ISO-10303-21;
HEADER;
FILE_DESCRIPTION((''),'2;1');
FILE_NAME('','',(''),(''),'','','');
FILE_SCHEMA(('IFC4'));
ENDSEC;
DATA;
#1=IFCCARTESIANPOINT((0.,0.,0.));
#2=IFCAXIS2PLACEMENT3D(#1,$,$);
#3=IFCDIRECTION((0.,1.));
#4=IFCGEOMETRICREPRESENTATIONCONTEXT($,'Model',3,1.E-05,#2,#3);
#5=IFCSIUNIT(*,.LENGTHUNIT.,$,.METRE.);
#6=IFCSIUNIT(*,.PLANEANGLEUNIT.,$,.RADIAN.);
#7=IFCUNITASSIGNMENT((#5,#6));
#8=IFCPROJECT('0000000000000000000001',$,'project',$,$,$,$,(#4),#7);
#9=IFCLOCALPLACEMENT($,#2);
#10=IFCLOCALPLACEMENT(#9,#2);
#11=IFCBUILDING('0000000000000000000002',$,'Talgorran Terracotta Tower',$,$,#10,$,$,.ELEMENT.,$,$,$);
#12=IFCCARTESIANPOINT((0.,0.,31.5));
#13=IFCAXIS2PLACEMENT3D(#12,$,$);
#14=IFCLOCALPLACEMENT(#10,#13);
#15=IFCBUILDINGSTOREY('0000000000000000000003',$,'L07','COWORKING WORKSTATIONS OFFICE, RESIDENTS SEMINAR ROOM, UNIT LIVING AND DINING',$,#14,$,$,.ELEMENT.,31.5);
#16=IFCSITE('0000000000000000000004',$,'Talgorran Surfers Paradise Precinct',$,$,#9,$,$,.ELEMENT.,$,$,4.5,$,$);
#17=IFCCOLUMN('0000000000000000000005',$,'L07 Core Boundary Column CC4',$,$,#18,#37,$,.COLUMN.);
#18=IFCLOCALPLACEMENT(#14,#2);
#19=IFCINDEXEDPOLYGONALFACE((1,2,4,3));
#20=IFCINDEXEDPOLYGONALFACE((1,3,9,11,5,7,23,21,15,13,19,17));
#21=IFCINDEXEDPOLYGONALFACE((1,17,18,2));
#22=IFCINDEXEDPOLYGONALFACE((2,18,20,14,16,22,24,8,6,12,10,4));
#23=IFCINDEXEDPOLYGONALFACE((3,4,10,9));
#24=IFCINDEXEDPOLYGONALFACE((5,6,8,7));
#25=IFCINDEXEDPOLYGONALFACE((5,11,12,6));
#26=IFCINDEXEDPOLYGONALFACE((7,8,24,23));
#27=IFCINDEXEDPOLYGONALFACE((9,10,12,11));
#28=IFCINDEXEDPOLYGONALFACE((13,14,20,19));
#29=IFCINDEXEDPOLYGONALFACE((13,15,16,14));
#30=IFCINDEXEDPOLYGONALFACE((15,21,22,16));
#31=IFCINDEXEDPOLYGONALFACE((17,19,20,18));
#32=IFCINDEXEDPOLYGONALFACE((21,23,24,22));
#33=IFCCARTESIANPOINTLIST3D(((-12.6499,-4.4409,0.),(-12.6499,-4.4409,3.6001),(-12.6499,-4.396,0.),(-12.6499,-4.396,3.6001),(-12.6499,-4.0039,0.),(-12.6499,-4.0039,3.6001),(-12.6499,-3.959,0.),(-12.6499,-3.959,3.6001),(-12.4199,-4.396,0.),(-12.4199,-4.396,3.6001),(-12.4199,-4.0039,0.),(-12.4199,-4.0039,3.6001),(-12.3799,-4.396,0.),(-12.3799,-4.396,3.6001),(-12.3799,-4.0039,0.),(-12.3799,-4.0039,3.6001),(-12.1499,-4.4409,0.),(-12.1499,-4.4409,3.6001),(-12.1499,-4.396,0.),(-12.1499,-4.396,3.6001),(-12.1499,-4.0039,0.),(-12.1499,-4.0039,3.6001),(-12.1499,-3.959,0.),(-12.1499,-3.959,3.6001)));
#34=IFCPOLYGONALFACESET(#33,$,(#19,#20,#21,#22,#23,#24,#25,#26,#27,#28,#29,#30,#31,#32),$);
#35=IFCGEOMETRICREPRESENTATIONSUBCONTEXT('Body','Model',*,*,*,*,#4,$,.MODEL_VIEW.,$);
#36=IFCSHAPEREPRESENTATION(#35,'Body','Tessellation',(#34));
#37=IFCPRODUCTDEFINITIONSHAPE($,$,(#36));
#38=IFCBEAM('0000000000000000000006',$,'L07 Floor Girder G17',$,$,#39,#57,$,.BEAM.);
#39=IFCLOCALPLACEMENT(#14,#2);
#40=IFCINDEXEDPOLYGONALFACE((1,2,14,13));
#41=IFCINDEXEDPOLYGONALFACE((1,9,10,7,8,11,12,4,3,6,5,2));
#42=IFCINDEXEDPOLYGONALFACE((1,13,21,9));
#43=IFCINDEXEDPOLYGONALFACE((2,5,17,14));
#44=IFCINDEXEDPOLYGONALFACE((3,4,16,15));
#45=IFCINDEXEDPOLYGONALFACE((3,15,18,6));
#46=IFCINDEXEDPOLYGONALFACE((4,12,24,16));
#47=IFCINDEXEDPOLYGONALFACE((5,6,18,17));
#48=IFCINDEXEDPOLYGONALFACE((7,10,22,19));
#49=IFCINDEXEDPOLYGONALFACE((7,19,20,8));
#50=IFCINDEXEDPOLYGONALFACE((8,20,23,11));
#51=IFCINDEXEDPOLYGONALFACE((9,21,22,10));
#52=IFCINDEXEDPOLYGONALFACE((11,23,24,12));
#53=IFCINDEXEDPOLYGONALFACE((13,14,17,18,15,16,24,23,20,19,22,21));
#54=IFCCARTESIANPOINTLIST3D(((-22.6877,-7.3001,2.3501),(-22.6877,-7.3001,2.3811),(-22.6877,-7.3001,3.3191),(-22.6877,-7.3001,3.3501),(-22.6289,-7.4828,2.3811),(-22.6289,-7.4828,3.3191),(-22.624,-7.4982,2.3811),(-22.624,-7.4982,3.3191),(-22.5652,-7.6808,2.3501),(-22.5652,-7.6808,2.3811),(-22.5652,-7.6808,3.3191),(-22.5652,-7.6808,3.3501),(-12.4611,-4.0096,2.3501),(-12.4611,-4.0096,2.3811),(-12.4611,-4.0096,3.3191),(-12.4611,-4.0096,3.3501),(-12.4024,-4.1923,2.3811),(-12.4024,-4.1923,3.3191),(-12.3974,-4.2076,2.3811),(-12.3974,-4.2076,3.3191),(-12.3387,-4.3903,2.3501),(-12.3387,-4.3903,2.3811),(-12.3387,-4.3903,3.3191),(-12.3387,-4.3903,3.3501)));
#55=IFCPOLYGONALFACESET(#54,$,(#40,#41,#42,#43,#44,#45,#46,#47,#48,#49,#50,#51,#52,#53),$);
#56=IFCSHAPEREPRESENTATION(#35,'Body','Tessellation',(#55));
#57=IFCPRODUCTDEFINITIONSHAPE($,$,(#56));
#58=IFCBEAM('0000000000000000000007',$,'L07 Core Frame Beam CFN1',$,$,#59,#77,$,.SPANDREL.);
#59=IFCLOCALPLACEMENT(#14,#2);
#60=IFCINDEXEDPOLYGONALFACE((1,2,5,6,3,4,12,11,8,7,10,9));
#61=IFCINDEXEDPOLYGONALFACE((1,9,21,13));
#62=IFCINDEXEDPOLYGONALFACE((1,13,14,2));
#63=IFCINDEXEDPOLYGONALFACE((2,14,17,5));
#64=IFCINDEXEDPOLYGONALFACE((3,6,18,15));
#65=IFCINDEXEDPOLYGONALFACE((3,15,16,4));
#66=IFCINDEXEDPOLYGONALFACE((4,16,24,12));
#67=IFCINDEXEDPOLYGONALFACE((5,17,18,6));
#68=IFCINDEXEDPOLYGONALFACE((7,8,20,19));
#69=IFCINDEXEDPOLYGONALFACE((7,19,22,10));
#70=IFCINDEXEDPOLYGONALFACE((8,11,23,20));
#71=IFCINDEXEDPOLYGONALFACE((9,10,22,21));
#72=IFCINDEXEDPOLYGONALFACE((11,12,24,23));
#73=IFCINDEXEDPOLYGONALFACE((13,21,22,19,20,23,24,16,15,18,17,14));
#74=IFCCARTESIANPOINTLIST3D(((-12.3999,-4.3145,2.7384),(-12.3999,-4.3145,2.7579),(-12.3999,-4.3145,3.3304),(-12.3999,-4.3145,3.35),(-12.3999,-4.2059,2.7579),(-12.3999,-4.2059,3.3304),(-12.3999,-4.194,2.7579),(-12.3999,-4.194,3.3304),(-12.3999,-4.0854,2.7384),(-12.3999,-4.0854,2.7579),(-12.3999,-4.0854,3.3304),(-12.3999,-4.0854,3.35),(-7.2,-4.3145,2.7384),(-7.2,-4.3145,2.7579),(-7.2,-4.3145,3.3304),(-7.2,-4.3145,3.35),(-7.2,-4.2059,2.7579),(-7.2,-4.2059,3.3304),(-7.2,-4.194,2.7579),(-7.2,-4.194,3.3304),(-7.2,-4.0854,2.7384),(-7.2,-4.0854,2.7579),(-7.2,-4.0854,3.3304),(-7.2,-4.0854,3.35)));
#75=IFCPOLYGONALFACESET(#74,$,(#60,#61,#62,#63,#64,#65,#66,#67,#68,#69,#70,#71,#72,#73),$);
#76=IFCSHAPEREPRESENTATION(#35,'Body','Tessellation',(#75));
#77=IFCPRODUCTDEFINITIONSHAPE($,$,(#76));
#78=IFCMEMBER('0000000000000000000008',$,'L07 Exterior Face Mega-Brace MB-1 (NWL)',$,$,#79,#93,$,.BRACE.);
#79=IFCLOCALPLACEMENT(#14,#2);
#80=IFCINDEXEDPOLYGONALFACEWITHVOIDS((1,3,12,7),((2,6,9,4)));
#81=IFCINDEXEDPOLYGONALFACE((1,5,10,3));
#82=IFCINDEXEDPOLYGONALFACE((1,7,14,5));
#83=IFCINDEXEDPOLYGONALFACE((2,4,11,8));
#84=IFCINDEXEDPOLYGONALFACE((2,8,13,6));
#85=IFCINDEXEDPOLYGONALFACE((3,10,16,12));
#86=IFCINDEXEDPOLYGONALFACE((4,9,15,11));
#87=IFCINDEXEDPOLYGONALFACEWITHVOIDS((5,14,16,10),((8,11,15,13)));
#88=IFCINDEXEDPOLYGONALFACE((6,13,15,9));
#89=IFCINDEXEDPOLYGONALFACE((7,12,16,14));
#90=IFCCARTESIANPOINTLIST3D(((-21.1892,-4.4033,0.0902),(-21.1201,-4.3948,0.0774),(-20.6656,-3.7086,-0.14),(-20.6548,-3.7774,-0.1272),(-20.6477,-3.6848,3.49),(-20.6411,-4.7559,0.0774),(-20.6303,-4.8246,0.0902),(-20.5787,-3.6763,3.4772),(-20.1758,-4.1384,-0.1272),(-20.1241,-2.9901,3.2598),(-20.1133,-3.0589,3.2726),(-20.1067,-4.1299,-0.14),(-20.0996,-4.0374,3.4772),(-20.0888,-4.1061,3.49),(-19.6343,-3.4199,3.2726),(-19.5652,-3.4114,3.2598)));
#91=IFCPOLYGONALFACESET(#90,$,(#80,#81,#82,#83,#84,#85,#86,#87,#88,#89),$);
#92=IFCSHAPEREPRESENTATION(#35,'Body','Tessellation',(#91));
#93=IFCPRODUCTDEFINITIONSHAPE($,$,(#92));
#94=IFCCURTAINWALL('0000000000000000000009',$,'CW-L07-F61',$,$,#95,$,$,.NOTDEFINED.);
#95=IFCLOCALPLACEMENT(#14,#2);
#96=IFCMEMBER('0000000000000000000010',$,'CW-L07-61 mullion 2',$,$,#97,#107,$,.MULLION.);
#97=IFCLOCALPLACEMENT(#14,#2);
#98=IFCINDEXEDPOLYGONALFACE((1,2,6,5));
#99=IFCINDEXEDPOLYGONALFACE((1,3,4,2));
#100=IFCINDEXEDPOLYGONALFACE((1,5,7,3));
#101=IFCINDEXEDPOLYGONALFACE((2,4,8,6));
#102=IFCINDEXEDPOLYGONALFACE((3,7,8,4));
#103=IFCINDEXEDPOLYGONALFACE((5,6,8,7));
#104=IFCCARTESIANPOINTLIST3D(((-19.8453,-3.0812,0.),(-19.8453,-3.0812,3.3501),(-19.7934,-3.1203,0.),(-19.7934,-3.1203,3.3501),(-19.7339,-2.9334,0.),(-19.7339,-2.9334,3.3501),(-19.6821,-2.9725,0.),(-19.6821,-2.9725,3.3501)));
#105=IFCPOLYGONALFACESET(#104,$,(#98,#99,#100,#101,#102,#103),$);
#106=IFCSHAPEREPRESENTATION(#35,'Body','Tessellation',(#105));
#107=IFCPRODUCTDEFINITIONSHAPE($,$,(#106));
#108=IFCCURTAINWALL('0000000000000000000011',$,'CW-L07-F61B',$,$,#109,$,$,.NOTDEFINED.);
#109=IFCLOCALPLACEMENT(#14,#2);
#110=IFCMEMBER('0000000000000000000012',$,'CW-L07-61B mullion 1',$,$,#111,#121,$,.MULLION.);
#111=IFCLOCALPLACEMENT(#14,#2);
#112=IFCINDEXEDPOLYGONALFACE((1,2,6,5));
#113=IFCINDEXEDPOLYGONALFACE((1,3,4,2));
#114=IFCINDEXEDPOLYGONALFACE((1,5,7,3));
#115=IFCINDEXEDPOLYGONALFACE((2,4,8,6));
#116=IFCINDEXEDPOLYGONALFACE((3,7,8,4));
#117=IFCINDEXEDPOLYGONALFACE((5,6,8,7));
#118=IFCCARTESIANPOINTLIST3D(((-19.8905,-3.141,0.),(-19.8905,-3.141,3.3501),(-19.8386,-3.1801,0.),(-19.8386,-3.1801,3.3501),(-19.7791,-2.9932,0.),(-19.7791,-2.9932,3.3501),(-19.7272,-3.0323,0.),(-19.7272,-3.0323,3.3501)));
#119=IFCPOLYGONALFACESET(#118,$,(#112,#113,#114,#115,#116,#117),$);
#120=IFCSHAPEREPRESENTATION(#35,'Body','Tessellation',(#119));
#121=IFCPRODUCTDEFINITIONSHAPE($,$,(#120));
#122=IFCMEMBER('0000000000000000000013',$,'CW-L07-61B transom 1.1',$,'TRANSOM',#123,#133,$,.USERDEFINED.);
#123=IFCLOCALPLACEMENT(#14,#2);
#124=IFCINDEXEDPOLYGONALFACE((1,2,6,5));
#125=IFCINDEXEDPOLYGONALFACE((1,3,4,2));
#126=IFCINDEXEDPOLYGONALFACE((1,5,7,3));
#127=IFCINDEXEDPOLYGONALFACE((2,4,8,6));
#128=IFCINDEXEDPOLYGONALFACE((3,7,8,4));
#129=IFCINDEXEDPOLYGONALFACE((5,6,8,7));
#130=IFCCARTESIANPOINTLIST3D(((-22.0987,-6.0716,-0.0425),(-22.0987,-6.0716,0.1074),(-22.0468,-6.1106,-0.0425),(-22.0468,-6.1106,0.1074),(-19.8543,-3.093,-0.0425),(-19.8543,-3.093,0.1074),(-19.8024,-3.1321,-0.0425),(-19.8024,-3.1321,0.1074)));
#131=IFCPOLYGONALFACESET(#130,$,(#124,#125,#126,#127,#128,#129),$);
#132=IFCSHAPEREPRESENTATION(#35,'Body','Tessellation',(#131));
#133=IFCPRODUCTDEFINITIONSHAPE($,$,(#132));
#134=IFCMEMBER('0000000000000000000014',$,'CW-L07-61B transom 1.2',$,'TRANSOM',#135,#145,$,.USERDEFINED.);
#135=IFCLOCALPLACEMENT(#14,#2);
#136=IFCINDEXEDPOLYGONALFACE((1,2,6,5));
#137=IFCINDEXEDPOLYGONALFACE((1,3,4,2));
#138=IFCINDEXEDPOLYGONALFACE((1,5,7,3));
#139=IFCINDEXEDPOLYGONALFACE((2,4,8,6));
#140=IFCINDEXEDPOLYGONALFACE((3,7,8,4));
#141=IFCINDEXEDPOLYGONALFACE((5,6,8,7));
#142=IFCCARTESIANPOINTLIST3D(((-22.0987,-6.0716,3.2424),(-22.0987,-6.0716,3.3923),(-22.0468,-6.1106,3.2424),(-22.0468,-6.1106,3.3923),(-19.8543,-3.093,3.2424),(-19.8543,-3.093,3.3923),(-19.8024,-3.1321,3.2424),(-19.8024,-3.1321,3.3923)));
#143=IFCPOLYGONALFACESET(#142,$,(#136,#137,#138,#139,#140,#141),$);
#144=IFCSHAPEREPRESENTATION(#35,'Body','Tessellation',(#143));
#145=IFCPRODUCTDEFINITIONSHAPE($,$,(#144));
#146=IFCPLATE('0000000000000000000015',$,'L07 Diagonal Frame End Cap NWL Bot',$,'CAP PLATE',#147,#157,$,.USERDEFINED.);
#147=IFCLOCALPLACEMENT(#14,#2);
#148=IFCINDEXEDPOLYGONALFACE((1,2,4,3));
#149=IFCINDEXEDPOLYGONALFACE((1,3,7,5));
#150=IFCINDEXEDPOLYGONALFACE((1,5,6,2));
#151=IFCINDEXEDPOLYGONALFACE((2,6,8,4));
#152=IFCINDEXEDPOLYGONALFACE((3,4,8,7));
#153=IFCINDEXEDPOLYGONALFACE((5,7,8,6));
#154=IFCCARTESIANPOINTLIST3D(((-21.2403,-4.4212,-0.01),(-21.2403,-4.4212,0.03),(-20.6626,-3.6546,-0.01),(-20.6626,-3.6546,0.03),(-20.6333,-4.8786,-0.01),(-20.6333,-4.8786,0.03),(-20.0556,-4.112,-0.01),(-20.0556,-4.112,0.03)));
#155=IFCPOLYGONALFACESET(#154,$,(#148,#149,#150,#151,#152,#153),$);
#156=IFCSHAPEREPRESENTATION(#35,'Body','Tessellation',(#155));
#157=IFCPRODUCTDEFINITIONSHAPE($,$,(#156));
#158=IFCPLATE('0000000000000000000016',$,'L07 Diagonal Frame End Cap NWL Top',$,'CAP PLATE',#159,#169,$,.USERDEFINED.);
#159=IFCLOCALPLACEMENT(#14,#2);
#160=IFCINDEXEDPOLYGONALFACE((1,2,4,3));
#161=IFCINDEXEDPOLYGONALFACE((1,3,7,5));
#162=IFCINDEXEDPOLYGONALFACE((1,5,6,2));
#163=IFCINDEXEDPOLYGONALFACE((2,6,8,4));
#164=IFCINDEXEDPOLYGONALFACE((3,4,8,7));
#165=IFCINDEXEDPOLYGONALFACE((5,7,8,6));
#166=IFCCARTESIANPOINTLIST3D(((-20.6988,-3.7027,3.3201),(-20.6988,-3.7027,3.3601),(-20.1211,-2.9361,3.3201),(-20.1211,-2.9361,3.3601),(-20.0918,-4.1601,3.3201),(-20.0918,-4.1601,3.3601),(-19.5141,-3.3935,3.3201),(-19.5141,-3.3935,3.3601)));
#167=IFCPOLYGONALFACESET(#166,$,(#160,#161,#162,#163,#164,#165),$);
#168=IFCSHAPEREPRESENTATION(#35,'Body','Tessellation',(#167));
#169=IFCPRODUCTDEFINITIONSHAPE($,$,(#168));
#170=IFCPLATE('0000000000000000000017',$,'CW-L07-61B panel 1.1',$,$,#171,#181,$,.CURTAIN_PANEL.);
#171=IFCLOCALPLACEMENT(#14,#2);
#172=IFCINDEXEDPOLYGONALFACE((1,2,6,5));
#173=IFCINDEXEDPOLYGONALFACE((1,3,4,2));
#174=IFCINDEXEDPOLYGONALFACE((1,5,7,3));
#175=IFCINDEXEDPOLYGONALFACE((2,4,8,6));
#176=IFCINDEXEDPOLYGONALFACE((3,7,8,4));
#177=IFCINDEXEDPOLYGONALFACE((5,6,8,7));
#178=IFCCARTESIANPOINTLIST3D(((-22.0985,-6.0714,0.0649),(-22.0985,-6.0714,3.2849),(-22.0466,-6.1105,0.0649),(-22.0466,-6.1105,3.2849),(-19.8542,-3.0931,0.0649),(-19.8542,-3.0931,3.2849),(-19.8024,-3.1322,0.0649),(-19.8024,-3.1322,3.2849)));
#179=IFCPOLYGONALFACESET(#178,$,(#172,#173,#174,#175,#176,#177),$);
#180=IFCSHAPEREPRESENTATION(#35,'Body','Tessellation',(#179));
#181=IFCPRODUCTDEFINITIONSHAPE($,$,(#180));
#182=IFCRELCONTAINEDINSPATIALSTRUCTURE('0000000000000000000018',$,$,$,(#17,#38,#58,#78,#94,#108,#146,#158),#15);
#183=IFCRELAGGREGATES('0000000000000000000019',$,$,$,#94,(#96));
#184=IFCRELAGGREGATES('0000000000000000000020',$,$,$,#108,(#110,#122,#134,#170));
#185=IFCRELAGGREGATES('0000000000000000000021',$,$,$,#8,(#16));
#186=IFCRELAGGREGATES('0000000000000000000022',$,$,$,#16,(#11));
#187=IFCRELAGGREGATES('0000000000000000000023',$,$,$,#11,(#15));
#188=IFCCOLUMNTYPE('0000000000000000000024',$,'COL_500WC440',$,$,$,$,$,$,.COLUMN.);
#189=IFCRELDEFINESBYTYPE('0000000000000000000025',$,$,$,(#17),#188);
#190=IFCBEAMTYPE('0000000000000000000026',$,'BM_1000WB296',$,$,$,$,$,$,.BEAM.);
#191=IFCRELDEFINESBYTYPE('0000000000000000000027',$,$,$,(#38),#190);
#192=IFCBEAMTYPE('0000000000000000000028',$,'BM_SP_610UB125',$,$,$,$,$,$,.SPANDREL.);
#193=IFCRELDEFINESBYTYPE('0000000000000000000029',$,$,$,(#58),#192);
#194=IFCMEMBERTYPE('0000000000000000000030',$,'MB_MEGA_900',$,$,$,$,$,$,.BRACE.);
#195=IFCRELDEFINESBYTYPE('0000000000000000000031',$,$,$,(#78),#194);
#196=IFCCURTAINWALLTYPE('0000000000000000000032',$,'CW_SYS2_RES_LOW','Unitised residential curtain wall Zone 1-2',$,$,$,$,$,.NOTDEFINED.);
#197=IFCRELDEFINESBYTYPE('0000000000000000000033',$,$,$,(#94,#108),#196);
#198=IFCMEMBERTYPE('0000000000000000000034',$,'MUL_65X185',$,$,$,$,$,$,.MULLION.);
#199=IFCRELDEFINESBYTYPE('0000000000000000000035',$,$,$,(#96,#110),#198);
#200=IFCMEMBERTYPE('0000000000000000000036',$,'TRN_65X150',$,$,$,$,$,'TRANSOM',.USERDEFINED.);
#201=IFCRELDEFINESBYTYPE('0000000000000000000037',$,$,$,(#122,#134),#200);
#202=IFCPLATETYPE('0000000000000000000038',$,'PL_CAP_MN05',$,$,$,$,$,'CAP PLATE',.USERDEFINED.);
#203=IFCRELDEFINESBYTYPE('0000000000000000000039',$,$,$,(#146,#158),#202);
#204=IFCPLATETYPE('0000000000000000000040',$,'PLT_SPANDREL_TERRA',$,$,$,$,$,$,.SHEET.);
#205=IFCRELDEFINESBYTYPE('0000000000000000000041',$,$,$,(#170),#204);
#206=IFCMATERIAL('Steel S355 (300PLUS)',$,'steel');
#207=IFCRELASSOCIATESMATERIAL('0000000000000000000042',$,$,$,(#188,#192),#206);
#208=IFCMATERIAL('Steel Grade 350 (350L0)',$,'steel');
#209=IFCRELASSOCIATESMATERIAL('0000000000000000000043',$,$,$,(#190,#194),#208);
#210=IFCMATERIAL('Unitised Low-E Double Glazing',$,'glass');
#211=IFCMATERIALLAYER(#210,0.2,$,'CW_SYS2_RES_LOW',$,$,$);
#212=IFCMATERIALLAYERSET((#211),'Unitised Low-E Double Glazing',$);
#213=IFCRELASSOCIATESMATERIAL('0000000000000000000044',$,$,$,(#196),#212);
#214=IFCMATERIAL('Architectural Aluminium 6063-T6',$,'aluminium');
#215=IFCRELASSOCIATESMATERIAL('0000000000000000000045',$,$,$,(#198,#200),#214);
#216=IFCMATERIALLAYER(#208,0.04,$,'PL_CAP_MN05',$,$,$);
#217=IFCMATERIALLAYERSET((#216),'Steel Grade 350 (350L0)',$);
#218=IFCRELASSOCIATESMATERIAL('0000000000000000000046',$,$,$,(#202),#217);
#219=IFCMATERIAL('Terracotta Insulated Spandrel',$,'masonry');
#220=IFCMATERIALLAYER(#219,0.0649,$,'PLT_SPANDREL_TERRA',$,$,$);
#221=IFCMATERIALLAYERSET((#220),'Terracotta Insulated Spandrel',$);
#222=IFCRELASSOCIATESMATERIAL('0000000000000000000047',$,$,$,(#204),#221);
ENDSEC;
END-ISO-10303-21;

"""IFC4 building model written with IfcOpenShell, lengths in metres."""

from ifc_helpers import new_model, si_unit, direction, frame, origin, origin_2d, place, context, subcontext, project, spatial, rectangle, hollow_rectangle, i_section, extrude, source, transform, mapped, material, layer, layer_set, material_profile, profile_set, type_object, type_shapes, element, aggregate, save


model = new_model("IFC4")

# Units and contexts
model_context = context("Model", 3, precision=1e-05, world=origin(), true_north=direction((0.0, 1.0)))
body_context = subcontext(model_context, "Body", "Model", "MODEL_VIEW")
ifc_project = project(units=[si_unit("LENGTHUNIT", "METRE"), si_unit("PLANEANGLEUNIT", "RADIAN")], contexts=[model_context])

# Site, building, storey
site_placement = place(None, origin())
site = spatial("IfcSite", under=ifc_project, at=site_placement, Name="Talgorran Surfers Paradise Precinct", CompositionType="ELEMENT", RefElevation=4.5)
building_placement = place(site_placement, origin())
building = spatial("IfcBuilding", under=site, at=building_placement, Name="Talgorran Terracotta Tower", CompositionType="ELEMENT")
storey_placement = place(building_placement, frame((0.0, 0.0, 31.5)))
storey = spatial("IfcBuildingStorey", under=building, at=storey_placement, Name="L07", Description="COWORKING WORKSTATIONS OFFICE, RESIDENTS SEMINAR ROOM, UNIT LIVING AND DINING", CompositionType="ELEMENT", Elevation=31.5)

# Column
ifc_material_1 = material(Name="Steel S355 (300PLUS)", Category="steel")
ifc_material_profile_1 = material_profile(ifc_material_1, i_section(OverallWidth=0.5, OverallDepth=0.4819, WebThickness=0.04, FlangeThickness=0.0449, at=origin_2d()), Name="500WC440")
ifc_profile_set_1 = profile_set([ifc_material_profile_1], Name="Steel S355 (300PLUS)")
column_type = type_object("IfcColumnType", Name="COL_500WC440", PredefinedType="COLUMN", material=ifc_profile_set_1)
column_placement = place(storey_placement, frame((-12.3999, -4.2, 0.0), z_axis=(0.0, 0.0, 1.0), x_axis=(1.0, 0.0, 0.0)))
element("IfcColumn", 1, at=column_placement, inside=storey, type_object=column_type, Name="L07 Core Boundary Column CC4", PredefinedType="COLUMN", context=body_context, shape_type="SweptSolid", body=[
    extrude(i_section(OverallWidth=0.5, OverallDepth=0.4819, WebThickness=0.04, FlangeThickness=0.0449, at=origin_2d()), origin(), (0.0, 0.0, 1.0), 3.6001),
])

# Beams
ifc_material_2 = material(Name="Steel Grade 350 (350L0)", Category="steel")
ifc_material_profile_2 = material_profile(ifc_material_2, i_section(OverallWidth=0.3999, OverallDepth=1.0, WebThickness=0.0161, FlangeThickness=0.031, at=origin_2d()), Name="1000WB296")
ifc_profile_set_2 = profile_set([ifc_material_profile_2], Name="Steel Grade 350 (350L0)")
beam_type_1 = type_object("IfcBeamType", Name="BM_1000WB296", PredefinedType="BEAM", material=ifc_profile_set_2)
beam_1_placement = place(storey_placement, frame((-12.3999, -4.2, 2.8501), z_axis=(-0.951936, -0.306298, 0.0), x_axis=(0.306298, -0.951936, 0.0)))
element("IfcBeam", 2, at=beam_1_placement, inside=storey, type_object=beam_type_1, Name="L07 Floor Girder G17", PredefinedType="BEAM", context=body_context, shape_type="SweptSolid", body=[
    extrude(i_section(OverallWidth=0.3999, OverallDepth=1.0, WebThickness=0.0161, FlangeThickness=0.031, at=origin_2d()), origin(), (0.0, 0.0, 1.0), 10.7429),
])
ifc_material_profile_3 = material_profile(ifc_material_1, i_section(OverallWidth=0.229, OverallDepth=0.6116, WebThickness=0.012, FlangeThickness=0.0195, at=origin_2d()), Name="610UB125")
ifc_profile_set_3 = profile_set([ifc_material_profile_3], Name="Steel S355 (300PLUS)")
beam_type_2 = type_object("IfcBeamType", Name="BM_SP_610UB125", PredefinedType="SPANDREL", material=ifc_profile_set_3)
beam_2_placement = place(storey_placement, frame((-12.3999, -4.2, 3.0442), z_axis=(1.0, 0.0, 0.0), x_axis=(0.0, 1.0, 0.0)))
element("IfcBeam", 3, at=beam_2_placement, inside=storey, type_object=beam_type_2, Name="L07 Core Frame Beam CFN1", PredefinedType="SPANDREL", context=body_context, shape_type="SweptSolid", body=[
    extrude(i_section(OverallWidth=0.229, OverallDepth=0.6116, WebThickness=0.012, FlangeThickness=0.0195, at=origin_2d()), origin(), (0.0, 0.0, 1.0), 5.2),
])

# Member
ifc_material_profile_4 = material_profile(ifc_material_2, hollow_rectangle(XDim=0.7, YDim=0.8999, WallThickness=0.05, at=origin_2d()), Name="WBOX900X700X50")
ifc_profile_set_4 = profile_set([ifc_material_profile_4], Name="Steel Grade 350 (350L0)")
member_type_1 = type_object("IfcMemberType", Name="MB_MEGA_900", PredefinedType="BRACE", material=ifc_profile_set_4)
member_1_placement = place(storey_placement, frame((-20.6479, -4.2666, -0.0249), z_axis=(0.153971, 0.204299, 0.966724), x_axis=(-0.798598, 0.601865, 0.0)))
element("IfcMember", 4, at=member_1_placement, inside=storey, type_object=member_type_1, Name="L07 Exterior Face Mega-Brace MB-1 (NWL)", PredefinedType="BRACE", context=body_context, shape_type="SweptSolid", body=[
    extrude(hollow_rectangle(XDim=0.7, YDim=0.8999, WallThickness=0.05, at=origin_2d()), origin(), (0.0, 0.0, 1.0), 3.5168),
])

# Curtain wall, member
ifc_material_3 = material(Name="Unitised Low-E Double Glazing", Category="glass")
ifc_layer_1 = layer(ifc_material_3, 0.2, Name="CW_SYS2_RES_LOW")
ifc_layer_set_1 = layer_set([ifc_layer_1], Name="Unitised Low-E Double Glazing")
curtain_wall_type = type_object("IfcCurtainWallType", Name="CW_SYS2_RES_LOW", Description="Unitised residential curtain wall Zone 1-2", PredefinedType="NOTDEFINED", material=ifc_layer_set_1)
curtain_wall_1_placement = place(storey_placement, origin())
curtain_wall_1 = element("IfcCurtainWall", 5, at=curtain_wall_1_placement, inside=storey, type_object=curtain_wall_type, Name="CW-L07-F61", PredefinedType="NOTDEFINED")
ifc_material_4 = material(Name="Architectural Aluminium 6063-T6", Category="aluminium")
ifc_material_profile_5 = material_profile(ifc_material_4, rectangle(XDim=0.0649, YDim=0.1851, at=origin_2d()), Name="CWM65X185")
ifc_profile_set_5 = profile_set([ifc_material_profile_5], Name="Architectural Aluminium 6063-T6")
member_type_2 = type_object("IfcMemberType", Name="MUL_65X185", PredefinedType="MULLION", material=ifc_profile_set_5)
member_2_placement = place(storey_placement, frame((-19.7637, -3.0269, 0.0), z_axis=(0.0, 0.0, 1.0), x_axis=(0.798642, -0.601807, 0.0)))
member_2 = element("IfcMember", 6, at=member_2_placement, type_object=member_type_2, Name="CW-L07-61 mullion 2", PredefinedType="MULLION", context=body_context, shape_type="SweptSolid", body=[
    extrude(rectangle(XDim=0.0649, YDim=0.1851, at=origin_2d()), origin(), (0.0, 0.0, 1.0), 3.3501),
])
aggregate(curtain_wall_1, [member_2])

# Curtain wall, members
curtain_wall_2_placement = place(storey_placement, origin())
curtain_wall_2 = element("IfcCurtainWall", 7, at=curtain_wall_2_placement, inside=storey, type_object=curtain_wall_type, Name="CW-L07-F61B", PredefinedType="NOTDEFINED")
member_3_placement = place(storey_placement, frame((-19.8088, -3.0867, 0.0), z_axis=(0.0, 0.0, 1.0), x_axis=(0.798648, -0.601798, 0.0)))
member_3 = element("IfcMember", 8, at=member_3_placement, type_object=member_type_2, Name="CW-L07-61B mullion 1", PredefinedType="MULLION", context=body_context, shape_type="SweptSolid", body=[
    extrude(rectangle(XDim=0.0649, YDim=0.1851, at=origin_2d()), origin(), (0.0, 0.0, 1.0), 3.3501),
])
ifc_material_profile_6 = material_profile(ifc_material_4, rectangle(XDim=0.0649, YDim=0.1499, at=origin_2d()), Name="CWT65X150")
ifc_profile_set_6 = profile_set([ifc_material_profile_6], Name="Architectural Aluminium 6063-T6")
member_type_3 = type_object("IfcMemberType", Name="TRN_65X150", ElementType="TRANSOM", PredefinedType="USERDEFINED", material=ifc_profile_set_6)
member_4_placement = place(storey_placement, frame((-19.8284, -3.1125, 0.0325), z_axis=(-0.6018, -0.798647, 0.0), x_axis=(0.798647, -0.6018, 0.0)))
member_4 = element("IfcMember", 9, at=member_4_placement, type_object=member_type_3, Name="CW-L07-61B transom 1.1", ObjectType="TRANSOM", PredefinedType="USERDEFINED", context=body_context, shape_type="SweptSolid", body=[
    extrude(rectangle(XDim=0.0649, YDim=0.1499, at=origin_2d()), origin(), (0.0, 0.0, 1.0), 3.7295),
])
member_5_placement = place(storey_placement, frame((-19.8284, -3.1125, 3.3174), z_axis=(-0.6018, -0.798647, 0.0), x_axis=(0.798647, -0.6018, 0.0)))
member_5 = element("IfcMember", 10, at=member_5_placement, type_object=member_type_3, Name="CW-L07-61B transom 1.2", ObjectType="TRANSOM", PredefinedType="USERDEFINED", context=body_context, shape_type="SweptSolid", body=[
    extrude(rectangle(XDim=0.0649, YDim=0.1499, at=origin_2d()), origin(), (0.0, 0.0, 1.0), 3.7295),
])

# Plates
ifc_layer_2 = layer(ifc_material_2, 0.04, Name="PL_CAP_MN05")
ifc_layer_set_2 = layer_set([ifc_layer_2], Name="Steel Grade 350 (350L0)")
plate_type_1 = type_object("IfcPlateType", Name="PL_CAP_MN05", ElementType="CAP PLATE", PredefinedType="USERDEFINED", material=ifc_layer_set_2)
for number, where, z_axis, x_axis, name in (
    (11, (-20.6479, -4.2666, -0.01), (0.0, 0.0, 1.0), (0.601815, 0.798636, 0.0), "L07 Diagonal Frame End Cap NWL Bot"),
    (12, (-20.1064, -3.5481, 3.3201), (0.0, 0.0, 1.0), (0.601815, 0.798636, 0.0), "L07 Diagonal Frame End Cap NWL Top"),
):
    element("IfcPlate", number, at=place(storey_placement, frame(where, z_axis=z_axis, x_axis=x_axis)), inside=storey, type_object=plate_type_1, Name=name, ObjectType="CAP PLATE", PredefinedType="USERDEFINED", context=body_context, shape_type="SweptSolid", body=[
        extrude(rectangle(XDim=0.96, YDim=0.76, at=origin_2d()), origin(), (0.0, 0.0, 1.0), 0.04),
    ])

# Plate
ifc_material_5 = material(Name="Terracotta Insulated Spandrel", Category="masonry")
ifc_layer_3 = layer(ifc_material_5, 0.0649, Name="PLT_SPANDREL_TERRA")
ifc_layer_set_3 = layer_set([ifc_layer_3], Name="Terracotta Insulated Spandrel")
plate_type_2 = type_object("IfcPlateType", Name="PLT_SPANDREL_TERRA", PredefinedType="SHEET", material=ifc_layer_set_3)
shared_shape_1 = source(origin(), body_context, "Body", "SweptSolid", [
    extrude(rectangle(XDim=3.7292, YDim=0.0649, at=origin_2d()), origin(), (0.0, 0.0, 1.0), 3.22),
])
type_shapes(plate_type_2, [shared_shape_1])
plate_placement = place(storey_placement, frame((-20.9504, -4.6018, 0.0649), z_axis=(0.0, 0.0, 1.0), x_axis=(-0.601798, -0.798648, 0.0)))
plate = element("IfcPlate", 13, at=plate_placement, type_object=plate_type_2, Name="CW-L07-61B panel 1.1", PredefinedType="CURTAIN_PANEL", context=body_context, shape_type="MappedRepresentation", body=[
    mapped(shared_shape_1, transform((0.0, 0.0, 0.0), scale=1.0)),
])
aggregate(curtain_wall_2, [member_3, member_4, member_5, plate])

save(model, "model.ifc")
